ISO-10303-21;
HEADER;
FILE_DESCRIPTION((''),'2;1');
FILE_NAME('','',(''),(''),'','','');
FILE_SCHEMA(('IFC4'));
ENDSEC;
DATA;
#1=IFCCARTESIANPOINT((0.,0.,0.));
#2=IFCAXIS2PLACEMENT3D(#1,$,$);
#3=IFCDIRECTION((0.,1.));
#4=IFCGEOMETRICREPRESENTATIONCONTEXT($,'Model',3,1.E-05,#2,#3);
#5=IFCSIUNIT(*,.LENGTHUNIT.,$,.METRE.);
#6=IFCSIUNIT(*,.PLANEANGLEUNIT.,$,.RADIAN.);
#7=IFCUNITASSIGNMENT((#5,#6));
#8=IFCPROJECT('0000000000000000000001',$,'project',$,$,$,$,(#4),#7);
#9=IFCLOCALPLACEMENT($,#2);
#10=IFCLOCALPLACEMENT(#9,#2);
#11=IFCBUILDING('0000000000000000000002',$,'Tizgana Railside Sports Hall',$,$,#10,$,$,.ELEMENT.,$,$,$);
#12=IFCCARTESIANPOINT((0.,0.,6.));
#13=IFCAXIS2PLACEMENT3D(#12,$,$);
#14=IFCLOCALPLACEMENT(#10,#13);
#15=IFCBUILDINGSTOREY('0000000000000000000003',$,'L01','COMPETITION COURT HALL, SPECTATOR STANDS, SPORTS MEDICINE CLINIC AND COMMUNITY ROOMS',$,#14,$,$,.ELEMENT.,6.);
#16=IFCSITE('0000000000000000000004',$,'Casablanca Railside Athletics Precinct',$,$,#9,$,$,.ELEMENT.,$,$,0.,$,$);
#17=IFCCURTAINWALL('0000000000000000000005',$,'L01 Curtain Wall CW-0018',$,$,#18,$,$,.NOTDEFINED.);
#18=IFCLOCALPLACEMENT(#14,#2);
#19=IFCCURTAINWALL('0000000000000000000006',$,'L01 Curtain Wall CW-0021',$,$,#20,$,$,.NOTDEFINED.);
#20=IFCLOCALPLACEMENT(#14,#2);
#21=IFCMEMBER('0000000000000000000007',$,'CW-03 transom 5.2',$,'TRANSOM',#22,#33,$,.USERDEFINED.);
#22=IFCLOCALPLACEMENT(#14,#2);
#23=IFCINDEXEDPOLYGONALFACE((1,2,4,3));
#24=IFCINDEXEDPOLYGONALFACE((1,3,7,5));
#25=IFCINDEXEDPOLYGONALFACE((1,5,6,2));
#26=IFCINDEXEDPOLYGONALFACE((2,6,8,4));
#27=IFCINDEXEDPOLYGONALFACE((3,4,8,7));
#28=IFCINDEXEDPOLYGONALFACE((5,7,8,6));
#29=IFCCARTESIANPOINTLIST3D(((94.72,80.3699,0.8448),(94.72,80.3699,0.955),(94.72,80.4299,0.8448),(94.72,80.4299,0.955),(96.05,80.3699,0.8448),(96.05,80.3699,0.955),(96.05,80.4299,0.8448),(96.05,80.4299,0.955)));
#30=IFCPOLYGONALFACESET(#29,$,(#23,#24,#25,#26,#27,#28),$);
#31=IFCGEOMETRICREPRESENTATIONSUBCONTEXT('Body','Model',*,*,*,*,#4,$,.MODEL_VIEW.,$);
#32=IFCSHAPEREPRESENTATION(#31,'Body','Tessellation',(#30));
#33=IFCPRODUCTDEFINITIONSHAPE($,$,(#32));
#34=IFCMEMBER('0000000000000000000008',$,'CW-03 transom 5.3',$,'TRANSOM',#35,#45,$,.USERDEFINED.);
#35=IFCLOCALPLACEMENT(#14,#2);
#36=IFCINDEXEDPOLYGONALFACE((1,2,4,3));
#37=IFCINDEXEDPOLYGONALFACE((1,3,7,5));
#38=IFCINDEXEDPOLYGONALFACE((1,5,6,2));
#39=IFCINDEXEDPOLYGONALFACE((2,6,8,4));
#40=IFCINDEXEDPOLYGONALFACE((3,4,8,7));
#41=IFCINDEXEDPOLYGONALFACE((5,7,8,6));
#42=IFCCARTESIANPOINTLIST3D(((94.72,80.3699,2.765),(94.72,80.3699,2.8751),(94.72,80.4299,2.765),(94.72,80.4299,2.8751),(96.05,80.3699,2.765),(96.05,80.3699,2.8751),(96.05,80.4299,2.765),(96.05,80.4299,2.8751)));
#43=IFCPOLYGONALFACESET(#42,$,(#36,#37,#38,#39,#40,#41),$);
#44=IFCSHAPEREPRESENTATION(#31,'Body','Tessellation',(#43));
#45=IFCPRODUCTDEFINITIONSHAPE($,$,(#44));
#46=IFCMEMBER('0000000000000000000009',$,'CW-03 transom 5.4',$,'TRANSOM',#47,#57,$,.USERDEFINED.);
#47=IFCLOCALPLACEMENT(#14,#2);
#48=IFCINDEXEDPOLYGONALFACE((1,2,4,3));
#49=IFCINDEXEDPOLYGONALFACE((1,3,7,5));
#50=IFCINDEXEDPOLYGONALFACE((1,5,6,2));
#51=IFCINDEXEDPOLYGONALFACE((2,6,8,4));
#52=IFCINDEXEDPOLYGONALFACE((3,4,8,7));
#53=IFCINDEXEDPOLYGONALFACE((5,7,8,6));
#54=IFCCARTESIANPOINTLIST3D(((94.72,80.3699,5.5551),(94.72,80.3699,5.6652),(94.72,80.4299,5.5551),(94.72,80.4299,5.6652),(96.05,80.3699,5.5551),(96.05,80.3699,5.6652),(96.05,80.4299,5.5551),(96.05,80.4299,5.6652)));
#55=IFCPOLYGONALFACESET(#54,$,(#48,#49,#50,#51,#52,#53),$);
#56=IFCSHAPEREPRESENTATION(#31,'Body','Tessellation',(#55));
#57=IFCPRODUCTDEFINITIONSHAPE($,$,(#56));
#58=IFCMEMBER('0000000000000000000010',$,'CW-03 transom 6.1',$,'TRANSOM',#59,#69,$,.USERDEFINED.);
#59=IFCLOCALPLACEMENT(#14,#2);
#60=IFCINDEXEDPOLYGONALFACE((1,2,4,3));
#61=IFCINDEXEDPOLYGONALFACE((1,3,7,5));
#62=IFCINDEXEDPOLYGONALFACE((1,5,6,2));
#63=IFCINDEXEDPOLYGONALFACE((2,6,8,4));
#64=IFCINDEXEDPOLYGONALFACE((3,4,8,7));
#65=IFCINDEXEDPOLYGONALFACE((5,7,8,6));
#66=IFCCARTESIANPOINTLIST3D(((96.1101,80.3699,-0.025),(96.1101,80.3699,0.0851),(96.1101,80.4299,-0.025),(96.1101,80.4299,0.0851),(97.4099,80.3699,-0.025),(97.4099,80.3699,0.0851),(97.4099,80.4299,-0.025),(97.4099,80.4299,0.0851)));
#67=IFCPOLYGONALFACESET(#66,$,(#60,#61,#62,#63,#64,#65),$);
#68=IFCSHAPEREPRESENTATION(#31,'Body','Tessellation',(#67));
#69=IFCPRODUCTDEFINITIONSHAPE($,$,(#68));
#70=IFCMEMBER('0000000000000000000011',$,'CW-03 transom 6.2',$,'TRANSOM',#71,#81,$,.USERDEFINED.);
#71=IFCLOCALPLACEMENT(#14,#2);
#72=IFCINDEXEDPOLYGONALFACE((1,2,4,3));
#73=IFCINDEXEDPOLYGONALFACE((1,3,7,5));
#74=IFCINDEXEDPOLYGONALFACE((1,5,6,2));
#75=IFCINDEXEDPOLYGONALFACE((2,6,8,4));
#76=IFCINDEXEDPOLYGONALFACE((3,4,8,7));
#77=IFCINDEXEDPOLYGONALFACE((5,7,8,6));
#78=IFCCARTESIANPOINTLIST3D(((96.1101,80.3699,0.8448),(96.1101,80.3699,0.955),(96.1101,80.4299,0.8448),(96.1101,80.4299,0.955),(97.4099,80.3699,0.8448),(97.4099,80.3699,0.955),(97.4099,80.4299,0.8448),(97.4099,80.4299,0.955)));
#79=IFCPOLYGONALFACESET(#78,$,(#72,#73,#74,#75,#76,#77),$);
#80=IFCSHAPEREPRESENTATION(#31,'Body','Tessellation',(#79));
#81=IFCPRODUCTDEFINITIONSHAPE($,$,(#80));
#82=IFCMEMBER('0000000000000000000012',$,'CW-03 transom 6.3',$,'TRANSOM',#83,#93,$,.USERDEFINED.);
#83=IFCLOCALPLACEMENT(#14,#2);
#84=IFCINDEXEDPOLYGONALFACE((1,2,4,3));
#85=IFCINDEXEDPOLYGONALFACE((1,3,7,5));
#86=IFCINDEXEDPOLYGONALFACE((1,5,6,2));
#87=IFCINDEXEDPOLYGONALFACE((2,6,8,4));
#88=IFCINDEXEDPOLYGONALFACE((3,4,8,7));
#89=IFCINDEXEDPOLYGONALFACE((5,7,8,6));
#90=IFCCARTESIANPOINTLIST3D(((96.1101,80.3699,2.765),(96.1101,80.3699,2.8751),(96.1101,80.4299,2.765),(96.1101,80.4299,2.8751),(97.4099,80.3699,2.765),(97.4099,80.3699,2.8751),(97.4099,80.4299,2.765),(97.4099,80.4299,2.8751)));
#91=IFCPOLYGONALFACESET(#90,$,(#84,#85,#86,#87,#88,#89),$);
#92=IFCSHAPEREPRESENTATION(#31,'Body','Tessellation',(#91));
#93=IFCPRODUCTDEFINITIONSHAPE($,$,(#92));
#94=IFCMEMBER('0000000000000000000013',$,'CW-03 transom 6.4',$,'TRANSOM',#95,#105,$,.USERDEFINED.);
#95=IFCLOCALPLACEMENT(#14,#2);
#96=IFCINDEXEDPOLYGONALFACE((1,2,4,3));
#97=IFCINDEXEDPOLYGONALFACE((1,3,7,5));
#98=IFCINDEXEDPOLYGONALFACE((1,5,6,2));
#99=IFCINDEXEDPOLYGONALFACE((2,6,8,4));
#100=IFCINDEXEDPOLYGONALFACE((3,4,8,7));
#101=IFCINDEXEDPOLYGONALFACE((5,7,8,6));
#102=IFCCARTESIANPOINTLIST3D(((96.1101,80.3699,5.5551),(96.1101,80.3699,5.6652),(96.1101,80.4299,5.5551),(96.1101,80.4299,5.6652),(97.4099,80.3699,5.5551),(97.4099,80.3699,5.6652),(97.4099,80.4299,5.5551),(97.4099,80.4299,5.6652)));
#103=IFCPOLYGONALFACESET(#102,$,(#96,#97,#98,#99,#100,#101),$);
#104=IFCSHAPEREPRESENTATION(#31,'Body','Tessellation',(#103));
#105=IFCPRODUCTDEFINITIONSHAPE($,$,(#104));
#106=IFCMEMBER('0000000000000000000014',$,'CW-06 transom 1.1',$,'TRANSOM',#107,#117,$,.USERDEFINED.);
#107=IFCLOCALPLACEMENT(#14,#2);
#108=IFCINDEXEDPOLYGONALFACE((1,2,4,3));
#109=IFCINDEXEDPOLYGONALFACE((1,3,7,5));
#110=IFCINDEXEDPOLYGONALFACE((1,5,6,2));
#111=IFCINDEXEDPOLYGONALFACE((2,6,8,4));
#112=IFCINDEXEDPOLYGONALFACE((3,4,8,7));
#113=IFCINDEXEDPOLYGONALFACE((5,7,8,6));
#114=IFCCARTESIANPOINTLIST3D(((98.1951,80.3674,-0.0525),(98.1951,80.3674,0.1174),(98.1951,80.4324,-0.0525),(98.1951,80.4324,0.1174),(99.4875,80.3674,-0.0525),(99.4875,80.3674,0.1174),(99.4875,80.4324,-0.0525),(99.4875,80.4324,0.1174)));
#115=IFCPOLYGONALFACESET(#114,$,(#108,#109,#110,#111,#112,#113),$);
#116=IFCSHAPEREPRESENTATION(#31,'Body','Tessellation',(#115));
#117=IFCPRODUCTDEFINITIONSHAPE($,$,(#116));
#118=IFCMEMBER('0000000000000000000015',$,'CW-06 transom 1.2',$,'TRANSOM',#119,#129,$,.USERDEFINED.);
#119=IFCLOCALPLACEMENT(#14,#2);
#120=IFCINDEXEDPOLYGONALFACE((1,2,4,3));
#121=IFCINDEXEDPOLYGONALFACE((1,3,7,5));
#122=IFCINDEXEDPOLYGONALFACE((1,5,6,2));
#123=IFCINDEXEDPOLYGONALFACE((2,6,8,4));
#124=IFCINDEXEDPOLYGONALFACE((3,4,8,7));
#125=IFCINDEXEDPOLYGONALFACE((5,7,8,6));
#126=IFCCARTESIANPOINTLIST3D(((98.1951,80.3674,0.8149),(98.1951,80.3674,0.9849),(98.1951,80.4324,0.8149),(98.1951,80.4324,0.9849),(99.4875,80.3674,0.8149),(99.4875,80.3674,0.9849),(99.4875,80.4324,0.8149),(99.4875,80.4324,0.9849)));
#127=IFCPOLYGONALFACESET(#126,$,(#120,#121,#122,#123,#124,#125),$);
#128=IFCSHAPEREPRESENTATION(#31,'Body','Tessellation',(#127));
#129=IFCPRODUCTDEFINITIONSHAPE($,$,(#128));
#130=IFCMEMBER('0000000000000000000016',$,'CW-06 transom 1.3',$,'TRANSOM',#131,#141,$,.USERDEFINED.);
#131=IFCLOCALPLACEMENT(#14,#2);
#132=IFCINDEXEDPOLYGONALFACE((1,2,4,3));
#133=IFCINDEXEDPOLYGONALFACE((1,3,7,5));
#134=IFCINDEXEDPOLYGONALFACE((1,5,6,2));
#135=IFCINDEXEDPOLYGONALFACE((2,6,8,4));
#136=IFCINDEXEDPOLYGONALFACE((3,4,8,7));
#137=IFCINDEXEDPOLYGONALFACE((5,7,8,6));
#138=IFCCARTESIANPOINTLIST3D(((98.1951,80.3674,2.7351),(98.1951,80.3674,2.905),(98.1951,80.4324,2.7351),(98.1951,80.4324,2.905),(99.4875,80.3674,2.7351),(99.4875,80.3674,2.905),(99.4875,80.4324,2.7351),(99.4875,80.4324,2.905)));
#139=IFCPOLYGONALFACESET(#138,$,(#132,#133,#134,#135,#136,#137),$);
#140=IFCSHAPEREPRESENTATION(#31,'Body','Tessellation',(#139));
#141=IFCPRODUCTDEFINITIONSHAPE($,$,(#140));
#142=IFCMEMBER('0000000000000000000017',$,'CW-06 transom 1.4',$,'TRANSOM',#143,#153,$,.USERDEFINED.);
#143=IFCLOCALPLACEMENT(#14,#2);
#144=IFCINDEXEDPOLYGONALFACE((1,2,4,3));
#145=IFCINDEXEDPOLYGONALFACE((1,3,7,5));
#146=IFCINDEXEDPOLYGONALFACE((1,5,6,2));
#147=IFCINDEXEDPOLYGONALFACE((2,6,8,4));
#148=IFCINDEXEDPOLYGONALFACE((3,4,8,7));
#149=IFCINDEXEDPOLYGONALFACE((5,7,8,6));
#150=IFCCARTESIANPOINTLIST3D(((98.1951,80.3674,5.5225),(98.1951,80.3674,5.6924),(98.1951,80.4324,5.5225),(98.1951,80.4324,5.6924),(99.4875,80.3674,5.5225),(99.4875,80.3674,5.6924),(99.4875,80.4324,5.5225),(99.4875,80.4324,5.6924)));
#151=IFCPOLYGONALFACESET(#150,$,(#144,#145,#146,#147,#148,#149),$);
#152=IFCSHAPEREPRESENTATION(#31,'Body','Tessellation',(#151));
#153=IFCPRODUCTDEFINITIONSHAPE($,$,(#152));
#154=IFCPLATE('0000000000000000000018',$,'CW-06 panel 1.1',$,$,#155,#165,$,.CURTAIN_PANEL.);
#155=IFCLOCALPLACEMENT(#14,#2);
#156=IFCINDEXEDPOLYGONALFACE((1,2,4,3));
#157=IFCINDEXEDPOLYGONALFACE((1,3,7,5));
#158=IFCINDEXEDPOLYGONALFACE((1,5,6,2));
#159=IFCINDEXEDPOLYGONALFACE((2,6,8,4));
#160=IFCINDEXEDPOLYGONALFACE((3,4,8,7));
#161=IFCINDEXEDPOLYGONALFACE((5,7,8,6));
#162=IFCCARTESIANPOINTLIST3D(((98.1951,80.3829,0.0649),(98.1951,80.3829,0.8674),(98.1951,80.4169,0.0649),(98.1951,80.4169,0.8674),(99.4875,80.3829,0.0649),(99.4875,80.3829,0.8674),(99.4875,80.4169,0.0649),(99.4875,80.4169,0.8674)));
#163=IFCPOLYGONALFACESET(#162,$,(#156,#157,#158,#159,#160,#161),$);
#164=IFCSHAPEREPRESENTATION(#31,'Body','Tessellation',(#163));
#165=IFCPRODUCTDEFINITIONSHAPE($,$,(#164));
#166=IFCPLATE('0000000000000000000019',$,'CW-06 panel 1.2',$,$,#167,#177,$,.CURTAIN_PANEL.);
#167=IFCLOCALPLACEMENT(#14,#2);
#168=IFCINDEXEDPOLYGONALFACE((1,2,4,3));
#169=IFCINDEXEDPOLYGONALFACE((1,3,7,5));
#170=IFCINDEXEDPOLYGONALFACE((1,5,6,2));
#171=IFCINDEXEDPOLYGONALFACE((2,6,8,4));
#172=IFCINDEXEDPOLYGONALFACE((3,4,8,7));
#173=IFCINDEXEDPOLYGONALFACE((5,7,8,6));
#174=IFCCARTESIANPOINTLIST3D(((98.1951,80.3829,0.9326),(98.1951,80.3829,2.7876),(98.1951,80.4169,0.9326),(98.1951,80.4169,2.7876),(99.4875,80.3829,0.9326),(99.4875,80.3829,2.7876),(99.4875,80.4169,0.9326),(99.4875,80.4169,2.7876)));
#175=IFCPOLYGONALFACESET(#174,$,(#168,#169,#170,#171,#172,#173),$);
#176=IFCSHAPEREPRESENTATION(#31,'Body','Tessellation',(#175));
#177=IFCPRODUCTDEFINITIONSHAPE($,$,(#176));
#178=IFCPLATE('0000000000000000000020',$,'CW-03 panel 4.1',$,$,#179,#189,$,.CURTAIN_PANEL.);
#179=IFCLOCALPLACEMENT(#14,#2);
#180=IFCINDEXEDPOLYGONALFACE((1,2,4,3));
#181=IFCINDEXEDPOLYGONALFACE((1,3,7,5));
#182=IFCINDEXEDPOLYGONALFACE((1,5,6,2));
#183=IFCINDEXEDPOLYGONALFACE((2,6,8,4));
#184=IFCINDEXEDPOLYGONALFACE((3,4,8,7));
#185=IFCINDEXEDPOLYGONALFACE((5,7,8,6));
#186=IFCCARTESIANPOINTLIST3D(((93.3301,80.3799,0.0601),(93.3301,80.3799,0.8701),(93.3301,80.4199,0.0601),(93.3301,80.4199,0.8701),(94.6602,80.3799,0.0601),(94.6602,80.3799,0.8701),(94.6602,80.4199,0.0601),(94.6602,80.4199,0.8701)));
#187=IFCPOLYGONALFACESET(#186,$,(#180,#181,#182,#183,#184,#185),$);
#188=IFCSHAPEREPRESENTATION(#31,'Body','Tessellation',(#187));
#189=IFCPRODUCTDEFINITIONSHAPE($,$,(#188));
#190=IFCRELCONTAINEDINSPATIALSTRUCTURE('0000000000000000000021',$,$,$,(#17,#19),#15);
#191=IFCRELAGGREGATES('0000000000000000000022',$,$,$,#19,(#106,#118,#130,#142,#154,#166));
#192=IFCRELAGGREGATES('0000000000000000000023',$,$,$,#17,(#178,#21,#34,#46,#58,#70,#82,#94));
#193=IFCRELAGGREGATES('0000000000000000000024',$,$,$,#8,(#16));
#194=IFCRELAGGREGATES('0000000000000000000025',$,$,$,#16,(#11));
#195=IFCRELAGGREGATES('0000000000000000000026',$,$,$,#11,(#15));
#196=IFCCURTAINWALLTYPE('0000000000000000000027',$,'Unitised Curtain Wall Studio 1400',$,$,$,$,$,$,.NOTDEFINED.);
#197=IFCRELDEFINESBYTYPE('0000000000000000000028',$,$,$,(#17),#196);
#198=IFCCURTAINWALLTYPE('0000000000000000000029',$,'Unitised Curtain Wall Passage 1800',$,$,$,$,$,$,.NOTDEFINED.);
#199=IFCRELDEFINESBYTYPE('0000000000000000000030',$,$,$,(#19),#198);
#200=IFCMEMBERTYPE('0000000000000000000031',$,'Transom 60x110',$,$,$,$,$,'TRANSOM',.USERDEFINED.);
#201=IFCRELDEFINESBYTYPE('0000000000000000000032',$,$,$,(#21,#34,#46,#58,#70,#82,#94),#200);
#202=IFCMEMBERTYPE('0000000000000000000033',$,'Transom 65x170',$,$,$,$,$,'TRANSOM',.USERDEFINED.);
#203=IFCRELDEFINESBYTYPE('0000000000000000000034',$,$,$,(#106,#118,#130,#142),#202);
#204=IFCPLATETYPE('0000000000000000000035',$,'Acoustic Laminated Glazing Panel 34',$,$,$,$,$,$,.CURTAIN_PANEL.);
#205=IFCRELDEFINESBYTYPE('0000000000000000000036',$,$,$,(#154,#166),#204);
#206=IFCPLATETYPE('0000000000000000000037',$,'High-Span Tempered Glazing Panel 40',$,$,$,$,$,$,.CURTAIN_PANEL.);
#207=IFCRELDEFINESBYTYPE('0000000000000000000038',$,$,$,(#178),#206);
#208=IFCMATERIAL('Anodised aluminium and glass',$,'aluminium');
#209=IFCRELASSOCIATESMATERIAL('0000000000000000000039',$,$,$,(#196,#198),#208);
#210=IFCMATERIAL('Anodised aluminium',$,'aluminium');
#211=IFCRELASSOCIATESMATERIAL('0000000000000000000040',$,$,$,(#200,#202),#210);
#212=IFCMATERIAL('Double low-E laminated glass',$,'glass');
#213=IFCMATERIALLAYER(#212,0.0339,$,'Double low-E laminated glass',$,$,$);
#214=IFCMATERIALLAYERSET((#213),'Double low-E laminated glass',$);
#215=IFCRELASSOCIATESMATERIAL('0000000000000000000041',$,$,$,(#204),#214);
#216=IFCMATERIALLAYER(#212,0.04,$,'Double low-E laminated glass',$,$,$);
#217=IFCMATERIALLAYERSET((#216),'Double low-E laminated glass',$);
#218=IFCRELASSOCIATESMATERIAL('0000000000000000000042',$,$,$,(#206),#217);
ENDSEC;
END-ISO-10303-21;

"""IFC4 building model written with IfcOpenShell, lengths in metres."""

from ifc_helpers import new_model, si_unit, direction, frame, origin, origin_2d, place, context, subcontext, project, spatial, rectangle, extrude, material, layer, layer_set, material_profile, profile_set, type_object, element, aggregate, save


model = new_model("IFC4")

# Units and contexts
model_context = context("Model", 3, precision=1e-05, world=origin(), true_north=direction((0.0, 1.0)))
body_context = subcontext(model_context, "Body", "Model", "MODEL_VIEW")
ifc_project = project(units=[si_unit("LENGTHUNIT", "METRE"), si_unit("PLANEANGLEUNIT", "RADIAN")], contexts=[model_context])

# Site, building, storey
site_placement = place(None, origin())
site = spatial("IfcSite", under=ifc_project, at=site_placement, Name="Casablanca Railside Athletics Precinct", CompositionType="ELEMENT", RefElevation=0.0)
building_placement = place(site_placement, origin())
building = spatial("IfcBuilding", under=site, at=building_placement, Name="Tizgana Railside Sports Hall", CompositionType="ELEMENT")
storey_placement = place(building_placement, frame((0.0, 0.0, 6.0)))
storey = spatial("IfcBuildingStorey", under=building, at=storey_placement, Name="L01", Description="COMPETITION COURT HALL, SPECTATOR STANDS, SPORTS MEDICINE CLINIC AND COMMUNITY ROOMS", CompositionType="ELEMENT", Elevation=6.0)

# Curtain wall
ifc_material_1 = material(Name="Anodised aluminium and glass", Category="aluminium")
curtain_wall_type_1 = type_object("IfcCurtainWallType", Name="Unitised Curtain Wall Studio 1400", PredefinedType="NOTDEFINED", material=ifc_material_1)
curtain_wall_1_placement = place(storey_placement, origin())
curtain_wall_1 = element("IfcCurtainWall", 1, at=curtain_wall_1_placement, inside=storey, type_object=curtain_wall_type_1, Name="L01 Curtain Wall CW-0018", PredefinedType="NOTDEFINED")
ifc_material_2 = material(Name="Anodised aluminium", Category="aluminium")

# Curtain wall
curtain_wall_type_2 = type_object("IfcCurtainWallType", Name="Unitised Curtain Wall Passage 1800", PredefinedType="NOTDEFINED", material=ifc_material_1)
curtain_wall_2_placement = place(storey_placement, origin())
curtain_wall_2 = element("IfcCurtainWall", 2, at=curtain_wall_2_placement, inside=storey, type_object=curtain_wall_type_2, Name="L01 Curtain Wall CW-0021", PredefinedType="NOTDEFINED")

# Members
ifc_material_profile_1 = material_profile(ifc_material_2, rectangle(XDim=0.0601, YDim=0.1101, at=origin_2d()), Name="Transom 60x110")
ifc_profile_set_1 = profile_set([ifc_material_profile_1], Name="Anodised aluminium")
member_type_1 = type_object("IfcMemberType", Name="Transom 60x110", ElementType="TRANSOM", PredefinedType="USERDEFINED", material=ifc_profile_set_1)
member_1_placement = place(storey_placement, frame((94.72, 80.3999, 0.8999), z_axis=(1.0, 0.0, 0.0), x_axis=(0.0, 1.0, 0.0)))
member_1 = element("IfcMember", 3, at=member_1_placement, type_object=member_type_1, Name="CW-03 transom 5.2", ObjectType="TRANSOM", PredefinedType="USERDEFINED", context=body_context, shape_type="SweptSolid", body=[
    extrude(rectangle(XDim=0.0601, YDim=0.1101, at=origin_2d()), origin(), (0.0, 0.0, 1.0), 1.3301),
])
member_2_placement = place(storey_placement, frame((94.72, 80.3999, 2.8201), z_axis=(1.0, 0.0, 0.0), x_axis=(0.0, 1.0, 0.0)))
member_2 = element("IfcMember", 4, at=member_2_placement, type_object=member_type_1, Name="CW-03 transom 5.3", ObjectType="TRANSOM", PredefinedType="USERDEFINED", context=body_context, shape_type="SweptSolid", body=[
    extrude(rectangle(XDim=0.0601, YDim=0.1101, at=origin_2d()), origin(), (0.0, 0.0, 1.0), 1.3301),
])
member_3_placement = place(storey_placement, frame((94.72, 80.3999, 5.6101), z_axis=(1.0, 0.0, 0.0), x_axis=(0.0, 1.0, 0.0)))
member_3 = element("IfcMember", 5, at=member_3_placement, type_object=member_type_1, Name="CW-03 transom 5.4", ObjectType="TRANSOM", PredefinedType="USERDEFINED", context=body_context, shape_type="SweptSolid", body=[
    extrude(rectangle(XDim=0.0601, YDim=0.1101, at=origin_2d()), origin(), (0.0, 0.0, 1.0), 1.3301),
])
member_4_placement = place(storey_placement, frame((96.1101, 80.3999, 0.03), z_axis=(1.0, 0.0, 0.0), x_axis=(0.0, 1.0, 0.0)))
member_4 = element("IfcMember", 6, at=member_4_placement, type_object=member_type_1, Name="CW-03 transom 6.1", ObjectType="TRANSOM", PredefinedType="USERDEFINED", context=body_context, shape_type="SweptSolid", body=[
    extrude(rectangle(XDim=0.0601, YDim=0.1101, at=origin_2d()), origin(), (0.0, 0.0, 1.0), 1.2998),
])
member_5_placement = place(storey_placement, frame((96.1101, 80.3999, 0.8999), z_axis=(1.0, 0.0, 0.0), x_axis=(0.0, 1.0, 0.0)))
member_5 = element("IfcMember", 7, at=member_5_placement, type_object=member_type_1, Name="CW-03 transom 6.2", ObjectType="TRANSOM", PredefinedType="USERDEFINED", context=body_context, shape_type="SweptSolid", body=[
    extrude(rectangle(XDim=0.0601, YDim=0.1101, at=origin_2d()), origin(), (0.0, 0.0, 1.0), 1.2998),
])
member_6_placement = place(storey_placement, frame((96.1101, 80.3999, 2.8201), z_axis=(1.0, 0.0, 0.0), x_axis=(0.0, 1.0, 0.0)))
member_6 = element("IfcMember", 8, at=member_6_placement, type_object=member_type_1, Name="CW-03 transom 6.3", ObjectType="TRANSOM", PredefinedType="USERDEFINED", context=body_context, shape_type="SweptSolid", body=[
    extrude(rectangle(XDim=0.0601, YDim=0.1101, at=origin_2d()), origin(), (0.0, 0.0, 1.0), 1.2998),
])
member_7_placement = place(storey_placement, frame((96.1101, 80.3999, 5.6101), z_axis=(1.0, 0.0, 0.0), x_axis=(0.0, 1.0, 0.0)))
member_7 = element("IfcMember", 9, at=member_7_placement, type_object=member_type_1, Name="CW-03 transom 6.4", ObjectType="TRANSOM", PredefinedType="USERDEFINED", context=body_context, shape_type="SweptSolid", body=[
    extrude(rectangle(XDim=0.0601, YDim=0.1101, at=origin_2d()), origin(), (0.0, 0.0, 1.0), 1.2998),
])
ifc_material_profile_2 = material_profile(ifc_material_2, rectangle(XDim=0.0649, YDim=0.1699, at=origin_2d()), Name="Transom 65x170")
ifc_profile_set_2 = profile_set([ifc_material_profile_2], Name="Anodised aluminium")
member_type_2 = type_object("IfcMemberType", Name="Transom 65x170", ElementType="TRANSOM", PredefinedType="USERDEFINED", material=ifc_profile_set_2)
member_8_placement = place(storey_placement, frame((98.1951, 80.3999, 0.0325), z_axis=(1.0, 0.0, 0.0), x_axis=(0.0, 1.0, 0.0)))
member_8 = element("IfcMember", 10, at=member_8_placement, type_object=member_type_2, Name="CW-06 transom 1.1", ObjectType="TRANSOM", PredefinedType="USERDEFINED", context=body_context, shape_type="SweptSolid", body=[
    extrude(rectangle(XDim=0.0649, YDim=0.1699, at=origin_2d()), origin(), (0.0, 0.0, 1.0), 1.2925),
])
member_9_placement = place(storey_placement, frame((98.1951, 80.3999, 0.8999), z_axis=(1.0, 0.0, 0.0), x_axis=(0.0, 1.0, 0.0)))
member_9 = element("IfcMember", 11, at=member_9_placement, type_object=member_type_2, Name="CW-06 transom 1.2", ObjectType="TRANSOM", PredefinedType="USERDEFINED", context=body_context, shape_type="SweptSolid", body=[
    extrude(rectangle(XDim=0.0649, YDim=0.1699, at=origin_2d()), origin(), (0.0, 0.0, 1.0), 1.2925),
])
member_10_placement = place(storey_placement, frame((98.1951, 80.3999, 2.8201), z_axis=(1.0, 0.0, 0.0), x_axis=(0.0, 1.0, 0.0)))
member_10 = element("IfcMember", 12, at=member_10_placement, type_object=member_type_2, Name="CW-06 transom 1.3", ObjectType="TRANSOM", PredefinedType="USERDEFINED", context=body_context, shape_type="SweptSolid", body=[
    extrude(rectangle(XDim=0.0649, YDim=0.1699, at=origin_2d()), origin(), (0.0, 0.0, 1.0), 1.2925),
])
member_11_placement = place(storey_placement, frame((98.1951, 80.3999, 5.6074), z_axis=(1.0, 0.0, 0.0), x_axis=(0.0, 1.0, 0.0)))
member_11 = element("IfcMember", 13, at=member_11_placement, type_object=member_type_2, Name="CW-06 transom 1.4", ObjectType="TRANSOM", PredefinedType="USERDEFINED", context=body_context, shape_type="SweptSolid", body=[
    extrude(rectangle(XDim=0.0649, YDim=0.1699, at=origin_2d()), origin(), (0.0, 0.0, 1.0), 1.2925),
])

# Plates
ifc_material_3 = material(Name="Double low-E laminated glass", Category="glass")
ifc_layer_1 = layer(ifc_material_3, 0.0339, Name="Double low-E laminated glass")
ifc_layer_set_1 = layer_set([ifc_layer_1], Name="Double low-E laminated glass")
plate_type_1 = type_object("IfcPlateType", Name="Acoustic Laminated Glazing Panel 34", PredefinedType="CURTAIN_PANEL", material=ifc_layer_set_1)
plate_1_placement = place(storey_placement, frame((98.8413, 80.3999, 0.0649), z_axis=(0.0, 0.0, 1.0), x_axis=(1.0, 0.0, 0.0)))
plate_1 = element("IfcPlate", 14, at=plate_1_placement, type_object=plate_type_1, Name="CW-06 panel 1.1", PredefinedType="CURTAIN_PANEL", context=body_context, shape_type="SweptSolid", body=[
    extrude(rectangle(XDim=1.2925, YDim=0.0339, at=origin_2d()), origin(), (0.0, 0.0, 1.0), 0.8025),
])
plate_2_placement = place(storey_placement, frame((98.8413, 80.3999, 0.9326), z_axis=(0.0, 0.0, 1.0), x_axis=(1.0, 0.0, 0.0)))
plate_2 = element("IfcPlate", 15, at=plate_2_placement, type_object=plate_type_1, Name="CW-06 panel 1.2", PredefinedType="CURTAIN_PANEL", context=body_context, shape_type="SweptSolid", body=[
    extrude(rectangle(XDim=1.2925, YDim=0.0339, at=origin_2d()), origin(), (0.0, 0.0, 1.0), 1.855),
])
aggregate(curtain_wall_2, [member_8, member_9, member_10, member_11, plate_1, plate_2])
ifc_layer_2 = layer(ifc_material_3, 0.04, Name="Double low-E laminated glass")
ifc_layer_set_2 = layer_set([ifc_layer_2], Name="Double low-E laminated glass")
plate_type_2 = type_object("IfcPlateType", Name="High-Span Tempered Glazing Panel 40", PredefinedType="CURTAIN_PANEL", material=ifc_layer_set_2)
plate_3_placement = place(storey_placement, frame((93.9951, 80.3999, 0.0601), z_axis=(0.0, 0.0, 1.0), x_axis=(1.0, 0.0, 0.0)))
plate_3 = element("IfcPlate", 16, at=plate_3_placement, type_object=plate_type_2, Name="CW-03 panel 4.1", PredefinedType="CURTAIN_PANEL", context=body_context, shape_type="SweptSolid", body=[
    extrude(rectangle(XDim=1.3301, YDim=0.04, at=origin_2d()), origin(), (0.0, 0.0, 1.0), 0.8101),
])
aggregate(curtain_wall_1, [plate_3, member_1, member_2, member_3, member_4, member_5, member_6, member_7])

save(model, "model.ifc")
